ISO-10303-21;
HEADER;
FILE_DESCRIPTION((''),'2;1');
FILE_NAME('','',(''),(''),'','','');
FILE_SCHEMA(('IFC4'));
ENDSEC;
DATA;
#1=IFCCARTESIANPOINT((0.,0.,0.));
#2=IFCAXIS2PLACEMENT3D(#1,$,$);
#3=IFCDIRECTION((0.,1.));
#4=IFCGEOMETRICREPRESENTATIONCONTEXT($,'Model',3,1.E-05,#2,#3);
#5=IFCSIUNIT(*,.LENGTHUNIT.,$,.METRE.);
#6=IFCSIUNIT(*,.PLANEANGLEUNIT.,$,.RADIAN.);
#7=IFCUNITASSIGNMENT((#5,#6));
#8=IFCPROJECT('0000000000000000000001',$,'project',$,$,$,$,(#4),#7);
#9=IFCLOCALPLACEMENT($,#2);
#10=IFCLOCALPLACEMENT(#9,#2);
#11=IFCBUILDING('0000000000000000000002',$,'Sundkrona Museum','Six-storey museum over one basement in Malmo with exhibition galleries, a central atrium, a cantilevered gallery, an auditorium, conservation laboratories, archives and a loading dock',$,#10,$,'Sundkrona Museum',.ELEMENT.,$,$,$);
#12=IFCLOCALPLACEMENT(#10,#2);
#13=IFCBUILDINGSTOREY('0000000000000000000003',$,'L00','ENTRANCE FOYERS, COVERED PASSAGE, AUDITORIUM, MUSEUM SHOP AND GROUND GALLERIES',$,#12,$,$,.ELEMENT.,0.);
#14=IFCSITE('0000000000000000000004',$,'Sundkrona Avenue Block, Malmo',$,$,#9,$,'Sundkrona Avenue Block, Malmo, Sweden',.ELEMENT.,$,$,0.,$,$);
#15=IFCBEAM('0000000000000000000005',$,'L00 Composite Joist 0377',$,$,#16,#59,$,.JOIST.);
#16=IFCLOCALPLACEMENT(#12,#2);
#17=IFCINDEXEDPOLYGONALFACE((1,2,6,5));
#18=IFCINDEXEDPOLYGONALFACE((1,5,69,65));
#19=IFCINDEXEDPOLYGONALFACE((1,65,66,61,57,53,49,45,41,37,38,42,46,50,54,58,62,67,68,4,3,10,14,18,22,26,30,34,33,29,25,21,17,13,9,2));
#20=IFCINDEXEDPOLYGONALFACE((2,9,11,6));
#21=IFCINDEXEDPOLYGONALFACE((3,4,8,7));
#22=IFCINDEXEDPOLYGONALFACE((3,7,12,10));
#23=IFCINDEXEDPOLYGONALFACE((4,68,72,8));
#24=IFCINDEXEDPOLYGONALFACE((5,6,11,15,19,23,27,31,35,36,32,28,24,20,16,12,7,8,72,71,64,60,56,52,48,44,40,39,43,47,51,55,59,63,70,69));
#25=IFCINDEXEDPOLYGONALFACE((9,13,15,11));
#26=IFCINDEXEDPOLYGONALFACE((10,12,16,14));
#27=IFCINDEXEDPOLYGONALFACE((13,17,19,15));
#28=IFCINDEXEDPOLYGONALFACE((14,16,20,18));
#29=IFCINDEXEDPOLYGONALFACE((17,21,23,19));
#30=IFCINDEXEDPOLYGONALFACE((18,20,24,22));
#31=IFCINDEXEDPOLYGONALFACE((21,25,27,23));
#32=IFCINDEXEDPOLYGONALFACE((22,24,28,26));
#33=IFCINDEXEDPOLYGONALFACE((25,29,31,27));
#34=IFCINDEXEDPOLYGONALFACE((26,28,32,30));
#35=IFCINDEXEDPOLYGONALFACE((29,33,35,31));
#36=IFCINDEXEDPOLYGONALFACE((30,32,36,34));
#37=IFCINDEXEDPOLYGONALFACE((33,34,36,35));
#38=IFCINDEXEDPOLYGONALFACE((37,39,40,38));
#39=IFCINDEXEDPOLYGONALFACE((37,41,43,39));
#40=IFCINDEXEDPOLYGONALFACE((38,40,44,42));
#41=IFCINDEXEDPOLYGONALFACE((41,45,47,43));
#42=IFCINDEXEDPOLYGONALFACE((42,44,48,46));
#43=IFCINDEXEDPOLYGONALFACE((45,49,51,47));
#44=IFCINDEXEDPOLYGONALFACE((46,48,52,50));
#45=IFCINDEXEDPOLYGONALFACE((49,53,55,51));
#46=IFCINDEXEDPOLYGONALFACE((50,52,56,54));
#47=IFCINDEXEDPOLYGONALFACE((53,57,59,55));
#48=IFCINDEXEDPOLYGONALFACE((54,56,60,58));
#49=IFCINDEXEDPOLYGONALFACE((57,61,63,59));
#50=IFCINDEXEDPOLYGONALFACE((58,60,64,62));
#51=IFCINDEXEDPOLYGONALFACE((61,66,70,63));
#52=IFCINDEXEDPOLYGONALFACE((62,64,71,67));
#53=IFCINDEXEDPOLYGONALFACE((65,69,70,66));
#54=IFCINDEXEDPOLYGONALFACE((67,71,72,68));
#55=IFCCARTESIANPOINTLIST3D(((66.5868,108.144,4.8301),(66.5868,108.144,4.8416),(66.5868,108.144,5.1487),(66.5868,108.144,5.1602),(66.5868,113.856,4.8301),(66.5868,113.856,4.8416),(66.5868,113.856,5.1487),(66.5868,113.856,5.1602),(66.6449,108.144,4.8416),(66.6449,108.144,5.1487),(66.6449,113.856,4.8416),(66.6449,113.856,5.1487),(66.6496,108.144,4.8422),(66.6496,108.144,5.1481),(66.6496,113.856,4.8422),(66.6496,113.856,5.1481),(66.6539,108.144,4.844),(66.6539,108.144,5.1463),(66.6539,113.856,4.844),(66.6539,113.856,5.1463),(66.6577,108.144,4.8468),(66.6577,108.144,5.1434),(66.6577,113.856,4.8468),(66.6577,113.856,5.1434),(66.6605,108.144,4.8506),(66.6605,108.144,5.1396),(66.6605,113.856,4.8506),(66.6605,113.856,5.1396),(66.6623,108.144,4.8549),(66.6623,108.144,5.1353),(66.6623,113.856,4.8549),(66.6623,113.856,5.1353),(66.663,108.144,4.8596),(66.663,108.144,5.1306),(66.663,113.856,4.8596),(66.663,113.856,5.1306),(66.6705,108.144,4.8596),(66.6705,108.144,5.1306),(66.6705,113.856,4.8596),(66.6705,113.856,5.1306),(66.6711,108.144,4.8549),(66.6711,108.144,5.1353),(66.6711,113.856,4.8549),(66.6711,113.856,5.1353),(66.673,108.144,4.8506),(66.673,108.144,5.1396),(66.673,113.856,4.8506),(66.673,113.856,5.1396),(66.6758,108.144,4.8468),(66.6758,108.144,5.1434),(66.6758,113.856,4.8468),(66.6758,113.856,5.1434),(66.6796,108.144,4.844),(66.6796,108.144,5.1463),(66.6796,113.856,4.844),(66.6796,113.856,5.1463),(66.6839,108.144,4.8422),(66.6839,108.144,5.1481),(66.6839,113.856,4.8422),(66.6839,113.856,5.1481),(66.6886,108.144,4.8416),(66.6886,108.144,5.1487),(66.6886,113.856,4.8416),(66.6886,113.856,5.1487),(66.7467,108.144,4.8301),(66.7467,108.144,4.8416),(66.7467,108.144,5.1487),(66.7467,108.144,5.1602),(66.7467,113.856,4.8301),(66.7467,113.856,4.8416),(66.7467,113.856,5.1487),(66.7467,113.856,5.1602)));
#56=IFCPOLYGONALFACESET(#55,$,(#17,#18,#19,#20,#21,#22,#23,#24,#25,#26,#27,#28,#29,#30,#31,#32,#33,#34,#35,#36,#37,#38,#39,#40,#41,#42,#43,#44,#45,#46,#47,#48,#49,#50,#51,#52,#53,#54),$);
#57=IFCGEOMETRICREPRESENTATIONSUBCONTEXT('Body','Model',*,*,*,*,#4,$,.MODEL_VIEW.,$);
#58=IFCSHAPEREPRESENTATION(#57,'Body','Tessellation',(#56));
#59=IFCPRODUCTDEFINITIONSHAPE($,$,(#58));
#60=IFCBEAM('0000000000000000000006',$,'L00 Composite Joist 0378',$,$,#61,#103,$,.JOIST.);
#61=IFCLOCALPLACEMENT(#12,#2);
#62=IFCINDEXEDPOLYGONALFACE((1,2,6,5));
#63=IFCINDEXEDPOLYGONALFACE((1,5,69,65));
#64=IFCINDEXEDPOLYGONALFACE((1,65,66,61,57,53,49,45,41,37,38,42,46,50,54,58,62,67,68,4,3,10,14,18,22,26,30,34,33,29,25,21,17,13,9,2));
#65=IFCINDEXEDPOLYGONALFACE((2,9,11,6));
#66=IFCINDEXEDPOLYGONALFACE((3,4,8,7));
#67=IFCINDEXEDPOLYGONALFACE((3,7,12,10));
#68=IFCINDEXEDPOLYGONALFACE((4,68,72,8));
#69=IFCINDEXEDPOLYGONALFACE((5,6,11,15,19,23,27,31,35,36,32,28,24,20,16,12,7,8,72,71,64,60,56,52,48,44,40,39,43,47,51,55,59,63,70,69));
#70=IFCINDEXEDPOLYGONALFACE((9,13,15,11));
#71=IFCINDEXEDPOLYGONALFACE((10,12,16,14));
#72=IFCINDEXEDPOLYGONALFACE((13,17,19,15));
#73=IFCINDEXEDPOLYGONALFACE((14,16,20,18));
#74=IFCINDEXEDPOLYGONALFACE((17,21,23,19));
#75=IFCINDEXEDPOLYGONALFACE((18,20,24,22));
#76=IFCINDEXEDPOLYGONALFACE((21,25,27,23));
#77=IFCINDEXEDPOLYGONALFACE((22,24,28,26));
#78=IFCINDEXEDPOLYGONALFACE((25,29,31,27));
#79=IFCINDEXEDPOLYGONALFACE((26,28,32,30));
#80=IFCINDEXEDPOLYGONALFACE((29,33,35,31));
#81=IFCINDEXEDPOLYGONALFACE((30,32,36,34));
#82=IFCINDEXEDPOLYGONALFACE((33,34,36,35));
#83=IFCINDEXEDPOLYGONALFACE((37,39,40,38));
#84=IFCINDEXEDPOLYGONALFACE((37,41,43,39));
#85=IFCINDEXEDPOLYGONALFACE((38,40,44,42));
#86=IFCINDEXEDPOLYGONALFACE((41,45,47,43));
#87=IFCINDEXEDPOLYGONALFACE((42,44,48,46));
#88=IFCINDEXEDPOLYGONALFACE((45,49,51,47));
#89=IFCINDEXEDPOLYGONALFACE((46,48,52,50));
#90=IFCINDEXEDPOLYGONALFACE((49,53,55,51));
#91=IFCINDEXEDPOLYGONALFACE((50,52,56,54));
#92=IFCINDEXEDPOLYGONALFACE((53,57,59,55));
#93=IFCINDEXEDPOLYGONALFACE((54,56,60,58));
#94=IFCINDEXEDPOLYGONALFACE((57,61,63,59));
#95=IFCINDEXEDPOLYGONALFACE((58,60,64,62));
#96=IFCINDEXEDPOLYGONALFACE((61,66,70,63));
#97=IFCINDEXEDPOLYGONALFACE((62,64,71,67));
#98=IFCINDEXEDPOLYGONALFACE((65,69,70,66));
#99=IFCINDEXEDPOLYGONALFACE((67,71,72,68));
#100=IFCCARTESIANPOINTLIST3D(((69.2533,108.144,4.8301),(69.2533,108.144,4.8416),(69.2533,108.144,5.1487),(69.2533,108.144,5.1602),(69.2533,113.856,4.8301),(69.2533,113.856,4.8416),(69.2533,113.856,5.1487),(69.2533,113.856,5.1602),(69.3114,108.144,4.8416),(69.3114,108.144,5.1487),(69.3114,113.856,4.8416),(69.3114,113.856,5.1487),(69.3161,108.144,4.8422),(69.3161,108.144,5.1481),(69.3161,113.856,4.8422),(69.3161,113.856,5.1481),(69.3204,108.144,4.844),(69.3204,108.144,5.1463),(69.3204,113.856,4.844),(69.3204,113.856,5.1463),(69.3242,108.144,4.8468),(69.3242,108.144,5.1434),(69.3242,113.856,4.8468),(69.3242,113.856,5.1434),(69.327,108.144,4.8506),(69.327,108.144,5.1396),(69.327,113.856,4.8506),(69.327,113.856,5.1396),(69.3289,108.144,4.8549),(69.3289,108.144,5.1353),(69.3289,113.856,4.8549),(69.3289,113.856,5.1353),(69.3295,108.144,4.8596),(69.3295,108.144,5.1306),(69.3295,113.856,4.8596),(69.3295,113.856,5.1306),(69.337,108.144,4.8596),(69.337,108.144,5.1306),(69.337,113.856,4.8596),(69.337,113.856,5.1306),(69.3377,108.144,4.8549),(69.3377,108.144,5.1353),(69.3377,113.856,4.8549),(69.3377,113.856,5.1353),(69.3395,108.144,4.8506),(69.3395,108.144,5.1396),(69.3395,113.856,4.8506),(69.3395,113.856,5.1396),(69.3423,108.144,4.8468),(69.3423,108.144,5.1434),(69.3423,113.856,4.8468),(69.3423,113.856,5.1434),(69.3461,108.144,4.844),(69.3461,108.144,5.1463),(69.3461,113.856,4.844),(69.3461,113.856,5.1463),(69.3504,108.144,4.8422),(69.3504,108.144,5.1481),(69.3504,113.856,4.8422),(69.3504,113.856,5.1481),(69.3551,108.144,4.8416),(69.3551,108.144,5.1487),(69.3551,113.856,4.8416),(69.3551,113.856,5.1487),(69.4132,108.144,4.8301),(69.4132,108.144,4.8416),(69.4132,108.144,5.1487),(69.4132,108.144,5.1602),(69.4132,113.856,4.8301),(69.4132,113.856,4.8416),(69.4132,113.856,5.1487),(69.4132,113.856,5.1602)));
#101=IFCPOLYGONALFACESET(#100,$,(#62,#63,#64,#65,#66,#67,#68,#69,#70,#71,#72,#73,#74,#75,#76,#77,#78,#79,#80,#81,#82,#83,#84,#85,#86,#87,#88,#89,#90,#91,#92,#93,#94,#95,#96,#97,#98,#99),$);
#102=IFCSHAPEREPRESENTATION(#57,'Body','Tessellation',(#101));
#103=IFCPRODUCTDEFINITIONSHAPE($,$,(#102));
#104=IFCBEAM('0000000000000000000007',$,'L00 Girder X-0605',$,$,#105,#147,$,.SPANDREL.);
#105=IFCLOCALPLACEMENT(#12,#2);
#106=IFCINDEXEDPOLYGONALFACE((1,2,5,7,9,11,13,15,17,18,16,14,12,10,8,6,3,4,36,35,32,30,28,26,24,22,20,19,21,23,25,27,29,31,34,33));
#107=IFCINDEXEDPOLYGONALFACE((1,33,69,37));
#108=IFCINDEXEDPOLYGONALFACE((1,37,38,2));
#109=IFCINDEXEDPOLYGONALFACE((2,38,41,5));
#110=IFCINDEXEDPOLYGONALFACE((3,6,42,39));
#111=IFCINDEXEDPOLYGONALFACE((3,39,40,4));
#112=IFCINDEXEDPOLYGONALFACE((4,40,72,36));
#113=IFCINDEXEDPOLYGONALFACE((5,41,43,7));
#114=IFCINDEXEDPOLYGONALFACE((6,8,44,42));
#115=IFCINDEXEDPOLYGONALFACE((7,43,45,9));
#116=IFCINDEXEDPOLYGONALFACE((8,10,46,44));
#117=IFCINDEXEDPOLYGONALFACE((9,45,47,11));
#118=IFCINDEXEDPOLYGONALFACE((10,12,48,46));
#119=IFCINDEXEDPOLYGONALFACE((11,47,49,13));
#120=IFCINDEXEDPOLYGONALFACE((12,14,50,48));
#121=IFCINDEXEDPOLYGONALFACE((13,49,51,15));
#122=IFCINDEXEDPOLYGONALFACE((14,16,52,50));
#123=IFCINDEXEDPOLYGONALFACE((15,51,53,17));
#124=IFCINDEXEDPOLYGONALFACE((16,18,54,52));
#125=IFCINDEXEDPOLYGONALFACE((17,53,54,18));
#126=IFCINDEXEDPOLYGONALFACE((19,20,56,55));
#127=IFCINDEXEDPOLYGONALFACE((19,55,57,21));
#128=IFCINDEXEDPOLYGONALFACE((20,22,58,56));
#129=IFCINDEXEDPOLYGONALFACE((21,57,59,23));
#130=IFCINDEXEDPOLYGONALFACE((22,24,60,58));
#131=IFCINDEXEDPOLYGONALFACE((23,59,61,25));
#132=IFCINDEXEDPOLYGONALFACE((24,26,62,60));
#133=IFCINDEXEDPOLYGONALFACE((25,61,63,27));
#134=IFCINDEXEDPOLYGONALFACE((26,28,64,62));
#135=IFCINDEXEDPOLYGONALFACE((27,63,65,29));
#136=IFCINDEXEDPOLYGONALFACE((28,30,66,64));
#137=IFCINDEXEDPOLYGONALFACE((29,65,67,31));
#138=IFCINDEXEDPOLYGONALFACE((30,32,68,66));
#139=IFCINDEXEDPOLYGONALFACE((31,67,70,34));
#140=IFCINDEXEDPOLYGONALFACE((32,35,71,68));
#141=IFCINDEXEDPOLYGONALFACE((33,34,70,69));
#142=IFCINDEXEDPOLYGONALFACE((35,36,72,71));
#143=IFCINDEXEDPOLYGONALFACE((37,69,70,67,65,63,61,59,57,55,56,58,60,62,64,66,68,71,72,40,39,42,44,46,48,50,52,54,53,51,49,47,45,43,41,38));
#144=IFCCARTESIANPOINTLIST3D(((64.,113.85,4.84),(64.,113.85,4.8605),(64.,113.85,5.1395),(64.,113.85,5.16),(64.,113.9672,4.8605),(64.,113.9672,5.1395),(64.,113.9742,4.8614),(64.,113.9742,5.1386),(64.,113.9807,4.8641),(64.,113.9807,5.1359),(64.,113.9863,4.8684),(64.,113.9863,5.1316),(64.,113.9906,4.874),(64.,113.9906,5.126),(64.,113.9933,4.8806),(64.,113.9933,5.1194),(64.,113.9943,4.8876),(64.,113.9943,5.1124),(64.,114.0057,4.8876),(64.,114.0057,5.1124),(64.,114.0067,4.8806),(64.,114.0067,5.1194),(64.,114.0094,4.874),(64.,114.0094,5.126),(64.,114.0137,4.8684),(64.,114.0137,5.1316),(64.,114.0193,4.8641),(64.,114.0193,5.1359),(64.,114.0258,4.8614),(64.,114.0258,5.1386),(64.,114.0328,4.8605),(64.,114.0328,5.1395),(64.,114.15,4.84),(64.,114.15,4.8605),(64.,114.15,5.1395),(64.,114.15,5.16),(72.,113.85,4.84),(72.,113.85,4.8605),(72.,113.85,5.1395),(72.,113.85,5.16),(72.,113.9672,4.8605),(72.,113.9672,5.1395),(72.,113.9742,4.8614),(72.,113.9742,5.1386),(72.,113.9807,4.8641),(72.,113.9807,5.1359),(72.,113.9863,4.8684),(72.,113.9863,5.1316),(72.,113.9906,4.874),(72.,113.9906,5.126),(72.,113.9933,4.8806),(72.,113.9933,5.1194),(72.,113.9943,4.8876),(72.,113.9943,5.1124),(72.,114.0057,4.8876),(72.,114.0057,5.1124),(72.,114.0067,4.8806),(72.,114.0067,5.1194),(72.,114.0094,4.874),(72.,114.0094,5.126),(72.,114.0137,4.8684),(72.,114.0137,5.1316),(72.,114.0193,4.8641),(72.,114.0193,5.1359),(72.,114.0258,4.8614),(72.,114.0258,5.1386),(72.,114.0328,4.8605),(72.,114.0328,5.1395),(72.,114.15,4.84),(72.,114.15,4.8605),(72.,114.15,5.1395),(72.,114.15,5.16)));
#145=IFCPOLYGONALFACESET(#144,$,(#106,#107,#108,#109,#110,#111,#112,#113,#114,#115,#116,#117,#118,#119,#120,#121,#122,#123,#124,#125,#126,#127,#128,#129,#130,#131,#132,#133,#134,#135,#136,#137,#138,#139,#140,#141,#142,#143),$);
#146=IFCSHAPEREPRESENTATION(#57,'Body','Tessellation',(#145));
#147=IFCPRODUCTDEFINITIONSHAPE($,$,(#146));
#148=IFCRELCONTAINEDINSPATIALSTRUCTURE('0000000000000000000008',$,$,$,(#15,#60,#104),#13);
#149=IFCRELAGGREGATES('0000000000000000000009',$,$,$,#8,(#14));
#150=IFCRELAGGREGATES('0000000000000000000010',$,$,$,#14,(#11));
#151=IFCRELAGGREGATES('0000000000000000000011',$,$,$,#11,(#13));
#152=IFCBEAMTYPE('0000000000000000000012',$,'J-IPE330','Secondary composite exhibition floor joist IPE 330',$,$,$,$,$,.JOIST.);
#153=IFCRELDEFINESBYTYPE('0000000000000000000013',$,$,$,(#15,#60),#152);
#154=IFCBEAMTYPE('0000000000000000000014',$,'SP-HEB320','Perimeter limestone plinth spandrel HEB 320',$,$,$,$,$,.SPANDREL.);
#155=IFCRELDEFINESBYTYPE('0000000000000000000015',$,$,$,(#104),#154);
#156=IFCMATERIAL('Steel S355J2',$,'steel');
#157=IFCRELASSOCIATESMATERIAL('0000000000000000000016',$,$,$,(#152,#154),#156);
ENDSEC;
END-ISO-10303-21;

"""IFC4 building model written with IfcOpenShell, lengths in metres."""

from ifc_helpers import new_model, si_unit, direction, frame, origin, origin_2d, place, context, subcontext, project, spatial, i_section, extrude, material, material_profile, profile_set, type_object, element, save


model = new_model("IFC4")

# Units and contexts
model_context = context("Model", 3, precision=1e-05, world=origin(), true_north=direction((0.0, 1.0)))
body_context = subcontext(model_context, "Body", "Model", "MODEL_VIEW")
ifc_project = project(units=[si_unit("LENGTHUNIT", "METRE"), si_unit("PLANEANGLEUNIT", "RADIAN")], contexts=[model_context])

# Site, building, storey
site_placement = place(None, origin())
site = spatial("IfcSite", under=ifc_project, at=site_placement, Name="Sundkrona Avenue Block, Malmo", LongName="Sundkrona Avenue Block, Malmo, Sweden", CompositionType="ELEMENT", RefElevation=0.0)
building_placement = place(site_placement, origin())
building = spatial("IfcBuilding", under=site, at=building_placement, Name="Sundkrona Museum", Description="Six-storey museum over one basement in Malmo with exhibition galleries, a central atrium, a cantilevered gallery, an auditorium, conservation laboratories, archives and a loading dock", LongName="Sundkrona Museum", CompositionType="ELEMENT")
storey_placement = place(building_placement, origin())
storey = spatial("IfcBuildingStorey", under=building, at=storey_placement, Name="L00", Description="ENTRANCE FOYERS, COVERED PASSAGE, AUDITORIUM, MUSEUM SHOP AND GROUND GALLERIES", CompositionType="ELEMENT", Elevation=0.0)

# Shared definitions
ifc_material_1 = material(Name="Steel S355J2", Category="steel")

# Beams
ifc_material_profile_1 = material_profile(ifc_material_1, i_section(OverallWidth=0.1599, OverallDepth=0.3301, WebThickness=0.0076, FlangeThickness=0.0115, FilletRadius=0.0181, at=origin_2d()), Name="IPE 330")
ifc_profile_set_1 = profile_set([ifc_material_profile_1], Name="Steel S355J2")
beam_type_1 = type_object("IfcBeamType", Name="J-IPE330", Description="Secondary composite exhibition floor joist IPE 330", PredefinedType="JOIST", material=ifc_profile_set_1)
for number, where, z_axis, x_axis, name in (
    (1, (66.6667, 108.144, 4.9951), (0.0, 1.0, 0.0), (-1.0, 0.0, 0.0), "L00 Composite Joist 0377"),
    (2, (69.3333, 108.144, 4.9951), (0.0, 1.0, 0.0), (-1.0, 0.0, 0.0), "L00 Composite Joist 0378"),
):
    element("IfcBeam", number, at=place(storey_placement, frame(where, z_axis=z_axis, x_axis=x_axis)), inside=storey, type_object=beam_type_1, Name=name, PredefinedType="JOIST", context=body_context, shape_type="SweptSolid", body=[
        extrude(i_section(OverallWidth=0.1599, OverallDepth=0.3301, WebThickness=0.0076, FlangeThickness=0.0115, FilletRadius=0.0181, at=origin_2d()), origin(), (0.0, 0.0, 1.0), 5.7119),
    ])
ifc_material_profile_2 = material_profile(ifc_material_1, i_section(OverallWidth=0.3, OverallDepth=0.3201, WebThickness=0.0115, FlangeThickness=0.0205, FilletRadius=0.0271, at=origin_2d()), Name="HEB 320")
ifc_profile_set_2 = profile_set([ifc_material_profile_2], Name="Steel S355J2")
beam_type_2 = type_object("IfcBeamType", Name="SP-HEB320", Description="Perimeter limestone plinth spandrel HEB 320", PredefinedType="SPANDREL", material=ifc_profile_set_2)
beam_1_placement = place(storey_placement, frame((64.0, 114.0, 5.0), z_axis=(1.0, 0.0, 0.0), x_axis=(0.0, 1.0, 0.0)))
element("IfcBeam", 3, at=beam_1_placement, inside=storey, type_object=beam_type_2, Name="L00 Girder X-0605", PredefinedType="SPANDREL", context=body_context, shape_type="SweptSolid", body=[
    extrude(i_section(OverallWidth=0.3, OverallDepth=0.3201, WebThickness=0.0115, FlangeThickness=0.0205, FilletRadius=0.0271, at=origin_2d()), origin(), (0.0, 0.0, 1.0), 8.0),
])

save(model, "model.ifc")
